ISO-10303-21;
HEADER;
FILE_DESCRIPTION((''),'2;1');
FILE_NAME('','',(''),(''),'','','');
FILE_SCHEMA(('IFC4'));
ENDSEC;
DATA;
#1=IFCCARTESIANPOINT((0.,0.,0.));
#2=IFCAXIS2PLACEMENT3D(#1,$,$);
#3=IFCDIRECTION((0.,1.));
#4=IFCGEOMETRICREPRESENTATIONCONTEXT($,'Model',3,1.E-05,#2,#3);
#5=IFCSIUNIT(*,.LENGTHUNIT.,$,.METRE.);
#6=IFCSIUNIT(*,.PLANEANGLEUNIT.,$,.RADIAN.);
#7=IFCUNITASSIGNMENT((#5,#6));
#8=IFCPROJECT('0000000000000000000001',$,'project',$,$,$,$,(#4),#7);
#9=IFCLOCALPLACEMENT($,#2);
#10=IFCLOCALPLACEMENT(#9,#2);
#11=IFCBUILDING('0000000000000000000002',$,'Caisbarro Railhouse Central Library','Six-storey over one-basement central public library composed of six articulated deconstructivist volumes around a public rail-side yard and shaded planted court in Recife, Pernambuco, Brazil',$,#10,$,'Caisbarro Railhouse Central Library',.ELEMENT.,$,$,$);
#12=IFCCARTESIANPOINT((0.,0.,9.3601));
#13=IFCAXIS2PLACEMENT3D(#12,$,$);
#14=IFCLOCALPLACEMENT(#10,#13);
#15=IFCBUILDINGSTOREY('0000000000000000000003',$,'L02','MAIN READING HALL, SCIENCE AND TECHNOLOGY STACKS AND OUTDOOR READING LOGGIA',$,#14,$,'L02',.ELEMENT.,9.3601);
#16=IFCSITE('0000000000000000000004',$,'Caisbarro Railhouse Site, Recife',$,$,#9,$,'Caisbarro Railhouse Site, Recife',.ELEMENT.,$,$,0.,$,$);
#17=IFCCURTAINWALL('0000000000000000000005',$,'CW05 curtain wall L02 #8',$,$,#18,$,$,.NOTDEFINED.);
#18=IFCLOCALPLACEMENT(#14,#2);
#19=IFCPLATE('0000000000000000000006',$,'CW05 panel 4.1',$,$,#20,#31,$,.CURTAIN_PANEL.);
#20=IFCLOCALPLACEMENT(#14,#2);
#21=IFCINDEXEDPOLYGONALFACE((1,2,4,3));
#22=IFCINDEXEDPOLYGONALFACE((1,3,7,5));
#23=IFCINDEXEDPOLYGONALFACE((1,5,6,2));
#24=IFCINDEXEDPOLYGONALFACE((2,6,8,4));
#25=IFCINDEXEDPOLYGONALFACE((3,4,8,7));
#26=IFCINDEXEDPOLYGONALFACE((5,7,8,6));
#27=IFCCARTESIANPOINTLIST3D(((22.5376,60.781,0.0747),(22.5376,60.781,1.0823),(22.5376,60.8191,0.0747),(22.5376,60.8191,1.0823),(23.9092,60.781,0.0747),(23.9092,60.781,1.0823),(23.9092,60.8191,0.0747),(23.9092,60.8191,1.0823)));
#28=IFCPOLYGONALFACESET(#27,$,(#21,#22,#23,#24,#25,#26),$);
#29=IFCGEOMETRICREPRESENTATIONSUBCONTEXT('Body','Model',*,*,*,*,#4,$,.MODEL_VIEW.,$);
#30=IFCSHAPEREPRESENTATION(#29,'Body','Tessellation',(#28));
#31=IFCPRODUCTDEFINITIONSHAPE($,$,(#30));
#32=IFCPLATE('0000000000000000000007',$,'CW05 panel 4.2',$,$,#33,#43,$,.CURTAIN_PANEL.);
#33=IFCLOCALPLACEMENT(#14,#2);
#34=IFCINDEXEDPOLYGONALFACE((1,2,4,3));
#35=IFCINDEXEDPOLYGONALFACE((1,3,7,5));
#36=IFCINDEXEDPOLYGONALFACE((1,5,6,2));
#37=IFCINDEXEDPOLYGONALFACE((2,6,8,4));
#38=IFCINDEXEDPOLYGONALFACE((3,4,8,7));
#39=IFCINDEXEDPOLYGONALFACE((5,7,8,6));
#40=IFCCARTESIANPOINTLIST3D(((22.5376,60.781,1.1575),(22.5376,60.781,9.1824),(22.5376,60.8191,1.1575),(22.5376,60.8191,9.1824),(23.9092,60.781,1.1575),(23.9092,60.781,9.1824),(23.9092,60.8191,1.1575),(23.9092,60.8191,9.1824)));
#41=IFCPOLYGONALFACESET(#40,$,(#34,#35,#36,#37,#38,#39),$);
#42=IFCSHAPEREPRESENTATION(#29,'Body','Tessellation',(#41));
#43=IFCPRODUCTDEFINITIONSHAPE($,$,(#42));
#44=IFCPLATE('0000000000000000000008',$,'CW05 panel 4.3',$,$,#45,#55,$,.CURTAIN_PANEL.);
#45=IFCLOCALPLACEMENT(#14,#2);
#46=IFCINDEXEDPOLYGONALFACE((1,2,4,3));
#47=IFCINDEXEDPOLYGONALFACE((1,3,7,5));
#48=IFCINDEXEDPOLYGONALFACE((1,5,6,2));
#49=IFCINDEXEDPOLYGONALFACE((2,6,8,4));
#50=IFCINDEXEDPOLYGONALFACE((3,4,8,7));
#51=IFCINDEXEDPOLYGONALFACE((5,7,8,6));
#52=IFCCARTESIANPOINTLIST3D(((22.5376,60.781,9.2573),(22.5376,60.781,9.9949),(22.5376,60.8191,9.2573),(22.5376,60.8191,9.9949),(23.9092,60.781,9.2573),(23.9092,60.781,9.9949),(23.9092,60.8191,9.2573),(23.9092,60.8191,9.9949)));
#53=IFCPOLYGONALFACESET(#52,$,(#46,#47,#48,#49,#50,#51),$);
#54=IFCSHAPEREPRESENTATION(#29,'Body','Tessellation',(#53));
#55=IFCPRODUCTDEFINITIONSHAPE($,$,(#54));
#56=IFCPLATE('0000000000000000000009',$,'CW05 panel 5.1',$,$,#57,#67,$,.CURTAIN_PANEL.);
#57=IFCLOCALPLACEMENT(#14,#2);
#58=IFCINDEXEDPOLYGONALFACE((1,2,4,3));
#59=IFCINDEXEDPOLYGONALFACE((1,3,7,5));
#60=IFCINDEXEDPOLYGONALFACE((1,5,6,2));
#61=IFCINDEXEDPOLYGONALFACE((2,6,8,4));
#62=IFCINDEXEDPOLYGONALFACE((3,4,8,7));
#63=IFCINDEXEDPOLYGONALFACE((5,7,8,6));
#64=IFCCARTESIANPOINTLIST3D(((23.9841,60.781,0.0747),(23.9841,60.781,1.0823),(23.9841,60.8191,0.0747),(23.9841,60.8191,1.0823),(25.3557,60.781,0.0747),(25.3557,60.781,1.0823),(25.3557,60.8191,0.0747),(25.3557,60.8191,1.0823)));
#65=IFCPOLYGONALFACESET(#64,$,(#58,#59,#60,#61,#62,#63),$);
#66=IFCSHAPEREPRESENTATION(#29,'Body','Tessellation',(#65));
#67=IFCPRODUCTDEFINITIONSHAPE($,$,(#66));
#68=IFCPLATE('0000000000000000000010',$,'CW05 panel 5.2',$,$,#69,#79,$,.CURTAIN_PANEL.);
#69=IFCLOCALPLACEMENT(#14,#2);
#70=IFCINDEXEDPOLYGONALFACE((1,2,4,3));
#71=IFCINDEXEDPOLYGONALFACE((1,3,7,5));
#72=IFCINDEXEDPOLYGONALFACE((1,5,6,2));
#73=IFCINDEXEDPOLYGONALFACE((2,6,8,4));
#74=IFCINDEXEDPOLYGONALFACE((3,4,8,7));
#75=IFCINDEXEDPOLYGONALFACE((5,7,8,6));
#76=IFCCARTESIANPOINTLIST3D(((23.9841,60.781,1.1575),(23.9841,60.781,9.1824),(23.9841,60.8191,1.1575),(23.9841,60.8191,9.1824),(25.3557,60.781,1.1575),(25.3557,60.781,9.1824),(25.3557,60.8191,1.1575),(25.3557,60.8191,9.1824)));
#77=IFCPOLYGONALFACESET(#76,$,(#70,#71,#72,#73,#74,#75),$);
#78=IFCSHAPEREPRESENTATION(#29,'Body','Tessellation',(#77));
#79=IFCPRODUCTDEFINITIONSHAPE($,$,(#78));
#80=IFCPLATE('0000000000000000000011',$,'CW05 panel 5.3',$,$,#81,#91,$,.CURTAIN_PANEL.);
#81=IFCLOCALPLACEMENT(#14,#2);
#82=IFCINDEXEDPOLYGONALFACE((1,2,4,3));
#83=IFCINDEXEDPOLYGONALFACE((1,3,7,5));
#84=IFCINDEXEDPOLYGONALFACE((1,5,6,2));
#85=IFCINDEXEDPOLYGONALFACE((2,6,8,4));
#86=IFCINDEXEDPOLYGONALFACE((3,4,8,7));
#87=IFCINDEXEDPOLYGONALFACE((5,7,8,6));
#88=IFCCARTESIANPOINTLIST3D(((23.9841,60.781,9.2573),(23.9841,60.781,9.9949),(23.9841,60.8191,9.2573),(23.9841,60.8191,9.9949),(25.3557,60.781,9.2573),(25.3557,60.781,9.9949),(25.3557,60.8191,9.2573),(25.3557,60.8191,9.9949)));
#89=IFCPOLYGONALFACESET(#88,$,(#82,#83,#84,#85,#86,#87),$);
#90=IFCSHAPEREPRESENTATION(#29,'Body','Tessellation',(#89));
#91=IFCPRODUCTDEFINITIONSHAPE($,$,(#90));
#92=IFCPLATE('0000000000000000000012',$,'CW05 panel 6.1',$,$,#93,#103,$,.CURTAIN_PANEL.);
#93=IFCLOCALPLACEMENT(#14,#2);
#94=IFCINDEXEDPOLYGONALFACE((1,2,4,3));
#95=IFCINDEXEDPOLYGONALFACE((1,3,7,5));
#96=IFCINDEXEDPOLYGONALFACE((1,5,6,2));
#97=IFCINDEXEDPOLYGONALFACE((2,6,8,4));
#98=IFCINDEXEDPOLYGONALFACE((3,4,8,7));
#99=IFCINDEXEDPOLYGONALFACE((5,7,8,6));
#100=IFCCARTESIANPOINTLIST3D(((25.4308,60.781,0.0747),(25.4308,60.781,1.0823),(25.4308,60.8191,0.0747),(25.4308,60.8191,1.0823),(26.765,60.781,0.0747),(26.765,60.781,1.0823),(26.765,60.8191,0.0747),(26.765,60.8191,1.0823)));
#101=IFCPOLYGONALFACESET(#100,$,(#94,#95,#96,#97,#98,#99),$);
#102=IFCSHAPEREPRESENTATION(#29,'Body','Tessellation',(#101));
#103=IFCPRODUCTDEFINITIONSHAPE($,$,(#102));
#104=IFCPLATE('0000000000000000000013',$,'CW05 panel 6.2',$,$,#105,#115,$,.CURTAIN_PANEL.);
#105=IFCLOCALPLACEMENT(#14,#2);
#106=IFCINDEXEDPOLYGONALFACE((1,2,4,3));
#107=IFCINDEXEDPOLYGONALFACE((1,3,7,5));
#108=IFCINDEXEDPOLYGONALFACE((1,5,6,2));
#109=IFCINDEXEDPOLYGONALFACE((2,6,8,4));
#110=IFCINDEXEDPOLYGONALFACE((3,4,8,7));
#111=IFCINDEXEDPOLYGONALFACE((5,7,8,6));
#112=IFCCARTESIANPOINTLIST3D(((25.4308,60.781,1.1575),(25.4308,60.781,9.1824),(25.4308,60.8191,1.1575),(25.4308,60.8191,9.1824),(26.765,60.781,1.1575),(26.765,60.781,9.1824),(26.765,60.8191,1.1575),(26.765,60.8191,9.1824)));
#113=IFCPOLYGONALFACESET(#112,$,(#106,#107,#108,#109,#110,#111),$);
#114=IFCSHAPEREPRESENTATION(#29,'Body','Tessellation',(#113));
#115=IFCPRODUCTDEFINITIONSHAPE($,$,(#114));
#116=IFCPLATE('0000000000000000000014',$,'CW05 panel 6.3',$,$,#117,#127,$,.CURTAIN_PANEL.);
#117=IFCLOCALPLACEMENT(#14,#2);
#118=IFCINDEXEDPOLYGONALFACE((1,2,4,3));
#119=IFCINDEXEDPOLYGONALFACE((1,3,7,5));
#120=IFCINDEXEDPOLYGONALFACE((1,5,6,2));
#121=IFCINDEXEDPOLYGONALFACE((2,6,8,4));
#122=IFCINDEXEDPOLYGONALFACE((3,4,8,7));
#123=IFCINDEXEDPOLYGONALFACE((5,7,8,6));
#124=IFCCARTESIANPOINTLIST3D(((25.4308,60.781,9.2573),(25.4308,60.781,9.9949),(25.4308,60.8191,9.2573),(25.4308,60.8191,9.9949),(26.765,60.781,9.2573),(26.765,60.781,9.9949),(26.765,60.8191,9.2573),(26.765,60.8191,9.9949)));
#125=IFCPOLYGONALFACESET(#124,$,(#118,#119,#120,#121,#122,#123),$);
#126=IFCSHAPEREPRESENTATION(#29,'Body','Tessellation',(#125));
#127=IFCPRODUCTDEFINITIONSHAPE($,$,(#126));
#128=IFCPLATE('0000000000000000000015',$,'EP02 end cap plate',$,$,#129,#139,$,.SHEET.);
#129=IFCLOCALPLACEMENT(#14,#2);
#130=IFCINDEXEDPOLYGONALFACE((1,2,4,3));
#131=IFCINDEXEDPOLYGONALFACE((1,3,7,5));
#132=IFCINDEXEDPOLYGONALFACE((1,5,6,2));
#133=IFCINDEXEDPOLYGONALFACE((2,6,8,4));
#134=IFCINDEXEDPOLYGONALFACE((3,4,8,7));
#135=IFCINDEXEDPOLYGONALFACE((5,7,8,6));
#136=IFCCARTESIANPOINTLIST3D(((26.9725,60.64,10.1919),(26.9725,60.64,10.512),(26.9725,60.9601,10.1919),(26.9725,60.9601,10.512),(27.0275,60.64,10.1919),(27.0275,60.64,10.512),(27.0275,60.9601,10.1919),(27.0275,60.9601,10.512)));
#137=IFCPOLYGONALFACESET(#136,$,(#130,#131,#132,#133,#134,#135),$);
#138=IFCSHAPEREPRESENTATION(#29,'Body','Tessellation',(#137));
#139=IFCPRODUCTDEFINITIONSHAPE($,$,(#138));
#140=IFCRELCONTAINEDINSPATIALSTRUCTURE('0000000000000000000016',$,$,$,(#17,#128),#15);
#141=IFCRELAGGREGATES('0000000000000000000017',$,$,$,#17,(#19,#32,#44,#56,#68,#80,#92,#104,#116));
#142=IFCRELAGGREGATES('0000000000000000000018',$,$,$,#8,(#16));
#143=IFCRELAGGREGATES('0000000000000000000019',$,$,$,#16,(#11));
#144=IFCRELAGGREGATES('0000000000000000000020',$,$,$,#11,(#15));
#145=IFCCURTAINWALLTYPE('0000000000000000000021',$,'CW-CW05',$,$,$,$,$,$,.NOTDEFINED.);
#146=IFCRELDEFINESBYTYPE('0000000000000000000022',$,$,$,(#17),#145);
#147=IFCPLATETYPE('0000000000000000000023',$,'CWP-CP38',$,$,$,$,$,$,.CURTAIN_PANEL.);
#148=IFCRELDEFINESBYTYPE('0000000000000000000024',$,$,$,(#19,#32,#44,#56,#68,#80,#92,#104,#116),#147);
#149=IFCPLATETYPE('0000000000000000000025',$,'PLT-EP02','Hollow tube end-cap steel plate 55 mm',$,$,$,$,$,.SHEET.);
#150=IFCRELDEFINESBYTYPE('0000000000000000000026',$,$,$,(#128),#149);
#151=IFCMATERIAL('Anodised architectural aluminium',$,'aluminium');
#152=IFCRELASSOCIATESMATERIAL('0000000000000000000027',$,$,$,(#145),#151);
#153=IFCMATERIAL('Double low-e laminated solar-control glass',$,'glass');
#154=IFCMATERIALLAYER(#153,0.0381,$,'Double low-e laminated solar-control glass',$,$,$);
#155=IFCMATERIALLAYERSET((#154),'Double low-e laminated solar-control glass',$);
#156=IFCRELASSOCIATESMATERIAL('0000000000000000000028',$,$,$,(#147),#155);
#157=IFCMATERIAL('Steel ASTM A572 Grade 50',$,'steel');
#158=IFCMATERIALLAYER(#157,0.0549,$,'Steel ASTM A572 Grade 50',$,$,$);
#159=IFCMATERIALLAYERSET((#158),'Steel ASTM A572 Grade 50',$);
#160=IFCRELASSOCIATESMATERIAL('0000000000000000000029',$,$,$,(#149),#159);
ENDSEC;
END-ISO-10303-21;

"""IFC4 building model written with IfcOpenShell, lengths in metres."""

from ifc_helpers import new_model, si_unit, direction, frame, origin, origin_2d, place, context, subcontext, project, spatial, rectangle, extrude, material, layer, layer_set, type_object, element, aggregate, save


model = new_model("IFC4")

# Units and contexts
model_context = context("Model", 3, precision=1e-05, world=origin(), true_north=direction((0.0, 1.0)))
body_context = subcontext(model_context, "Body", "Model", "MODEL_VIEW")
ifc_project = project(units=[si_unit("LENGTHUNIT", "METRE"), si_unit("PLANEANGLEUNIT", "RADIAN")], contexts=[model_context])

# Site, building, storey
site_placement = place(None, origin())
site = spatial("IfcSite", under=ifc_project, at=site_placement, Name="Caisbarro Railhouse Site, Recife", LongName="Caisbarro Railhouse Site, Recife", CompositionType="ELEMENT", RefElevation=0.0)
building_placement = place(site_placement, origin())
building = spatial("IfcBuilding", under=site, at=building_placement, Name="Caisbarro Railhouse Central Library", Description="Six-storey over one-basement central public library composed of six articulated deconstructivist volumes around a public rail-side yard and shaded planted court in Recife, Pernambuco, Brazil", LongName="Caisbarro Railhouse Central Library", CompositionType="ELEMENT")
storey_placement = place(building_placement, frame((0.0, 0.0, 9.3601)))
storey = spatial("IfcBuildingStorey", under=building, at=storey_placement, Name="L02", Description="MAIN READING HALL, SCIENCE AND TECHNOLOGY STACKS AND OUTDOOR READING LOGGIA", LongName="L02", CompositionType="ELEMENT", Elevation=9.3601)

# Shared definitions
ifc_material_1 = material(Name="Steel ASTM A572 Grade 50", Category="steel")

# Curtain wall
ifc_material_2 = material(Name="Anodised architectural aluminium", Category="aluminium")
curtain_wall_type = type_object("IfcCurtainWallType", Name="CW-CW05", PredefinedType="NOTDEFINED", material=ifc_material_2)
curtain_wall_1_placement = place(storey_placement, origin())
curtain_wall_1 = element("IfcCurtainWall", 1, at=curtain_wall_1_placement, inside=storey, type_object=curtain_wall_type, Name="CW05 curtain wall L02 #8", PredefinedType="NOTDEFINED")

# Plates
ifc_material_3 = material(Name="Double low-e laminated solar-control glass", Category="glass")
ifc_layer_1 = layer(ifc_material_3, 0.0381, Name="Double low-e laminated solar-control glass")
ifc_layer_set_1 = layer_set([ifc_layer_1], Name="Double low-e laminated solar-control glass")
plate_type_1 = type_object("IfcPlateType", Name="CWP-CP38", PredefinedType="CURTAIN_PANEL", material=ifc_layer_set_1)
plate_1_placement = place(storey_placement, frame((23.2234, 60.8, 0.0747), z_axis=(0.0, 0.0, 1.0), x_axis=(1.0, 0.0, 0.0)))
plate_1 = element("IfcPlate", 2, at=plate_1_placement, type_object=plate_type_1, Name="CW05 panel 4.1", PredefinedType="CURTAIN_PANEL", context=body_context, shape_type="SweptSolid", body=[
    extrude(rectangle(XDim=1.3716, YDim=0.0381, at=origin_2d()), origin(), (0.0, 0.0, 1.0), 1.0076),
])
plate_2_placement = place(storey_placement, frame((23.2234, 60.8, 1.1575), z_axis=(0.0, 0.0, 1.0), x_axis=(1.0, 0.0, 0.0)))
plate_2 = element("IfcPlate", 3, at=plate_2_placement, type_object=plate_type_1, Name="CW05 panel 4.2", PredefinedType="CURTAIN_PANEL", context=body_context, shape_type="SweptSolid", body=[
    extrude(rectangle(XDim=1.3716, YDim=0.0381, at=origin_2d()), origin(), (0.0, 0.0, 1.0), 8.0249),
])
plate_3_placement = place(storey_placement, frame((23.2234, 60.8, 9.2573), z_axis=(0.0, 0.0, 1.0), x_axis=(1.0, 0.0, 0.0)))
plate_3 = element("IfcPlate", 4, at=plate_3_placement, type_object=plate_type_1, Name="CW05 panel 4.3", PredefinedType="CURTAIN_PANEL", context=body_context, shape_type="SweptSolid", body=[
    extrude(rectangle(XDim=1.3716, YDim=0.0381, at=origin_2d()), origin(), (0.0, 0.0, 1.0), 0.7375),
])
plate_4_placement = place(storey_placement, frame((24.6699, 60.8, 0.0747), z_axis=(0.0, 0.0, 1.0), x_axis=(1.0, 0.0, 0.0)))
plate_4 = element("IfcPlate", 5, at=plate_4_placement, type_object=plate_type_1, Name="CW05 panel 5.1", PredefinedType="CURTAIN_PANEL", context=body_context, shape_type="SweptSolid", body=[
    extrude(rectangle(XDim=1.3716, YDim=0.0381, at=origin_2d()), origin(), (0.0, 0.0, 1.0), 1.0076),
])
plate_5_placement = place(storey_placement, frame((24.6699, 60.8, 1.1575), z_axis=(0.0, 0.0, 1.0), x_axis=(1.0, 0.0, 0.0)))
plate_5 = element("IfcPlate", 6, at=plate_5_placement, type_object=plate_type_1, Name="CW05 panel 5.2", PredefinedType="CURTAIN_PANEL", context=body_context, shape_type="SweptSolid", body=[
    extrude(rectangle(XDim=1.3716, YDim=0.0381, at=origin_2d()), origin(), (0.0, 0.0, 1.0), 8.0249),
])
plate_6_placement = place(storey_placement, frame((24.6699, 60.8, 9.2573), z_axis=(0.0, 0.0, 1.0), x_axis=(1.0, 0.0, 0.0)))
plate_6 = element("IfcPlate", 7, at=plate_6_placement, type_object=plate_type_1, Name="CW05 panel 5.3", PredefinedType="CURTAIN_PANEL", context=body_context, shape_type="SweptSolid", body=[
    extrude(rectangle(XDim=1.3716, YDim=0.0381, at=origin_2d()), origin(), (0.0, 0.0, 1.0), 0.7375),
])
plate_7_placement = place(storey_placement, frame((26.0979, 60.8, 0.0747), z_axis=(0.0, 0.0, 1.0), x_axis=(1.0, 0.0, 0.0)))
plate_7 = element("IfcPlate", 8, at=plate_7_placement, type_object=plate_type_1, Name="CW05 panel 6.1", PredefinedType="CURTAIN_PANEL", context=body_context, shape_type="SweptSolid", body=[
    extrude(rectangle(XDim=1.3342, YDim=0.0381, at=origin_2d()), origin(), (0.0, 0.0, 1.0), 1.0076),
])
plate_8_placement = place(storey_placement, frame((26.0979, 60.8, 1.1575), z_axis=(0.0, 0.0, 1.0), x_axis=(1.0, 0.0, 0.0)))
plate_8 = element("IfcPlate", 9, at=plate_8_placement, type_object=plate_type_1, Name="CW05 panel 6.2", PredefinedType="CURTAIN_PANEL", context=body_context, shape_type="SweptSolid", body=[
    extrude(rectangle(XDim=1.3342, YDim=0.0381, at=origin_2d()), origin(), (0.0, 0.0, 1.0), 8.0249),
])
plate_9_placement = place(storey_placement, frame((26.0979, 60.8, 9.2573), z_axis=(0.0, 0.0, 1.0), x_axis=(1.0, 0.0, 0.0)))
plate_9 = element("IfcPlate", 10, at=plate_9_placement, type_object=plate_type_1, Name="CW05 panel 6.3", PredefinedType="CURTAIN_PANEL", context=body_context, shape_type="SweptSolid", body=[
    extrude(rectangle(XDim=1.3342, YDim=0.0381, at=origin_2d()), origin(), (0.0, 0.0, 1.0), 0.7375),
])
aggregate(curtain_wall_1, [plate_1, plate_2, plate_3, plate_4, plate_5, plate_6, plate_7, plate_8, plate_9])
ifc_layer_2 = layer(ifc_material_1, 0.0549, Name="Steel ASTM A572 Grade 50")
ifc_layer_set_2 = layer_set([ifc_layer_2], Name="Steel ASTM A572 Grade 50")
plate_type_2 = type_object("IfcPlateType", Name="PLT-EP02", Description="Hollow tube end-cap steel plate 55 mm", PredefinedType="SHEET", material=ifc_layer_set_2)
plate_10_placement = place(storey_placement, frame((27.0, 60.8, 10.1919), z_axis=(0.0, 0.0, 1.0), x_axis=(1.0, 0.0, 0.0)))
element("IfcPlate", 11, at=plate_10_placement, inside=storey, type_object=plate_type_2, Name="EP02 end cap plate", PredefinedType="SHEET", context=body_context, shape_type="SweptSolid", body=[
    extrude(rectangle(XDim=0.0549, YDim=0.3201, at=origin_2d()), origin(), (0.0, 0.0, 1.0), 0.3201),
])

save(model, "model.ifc")
